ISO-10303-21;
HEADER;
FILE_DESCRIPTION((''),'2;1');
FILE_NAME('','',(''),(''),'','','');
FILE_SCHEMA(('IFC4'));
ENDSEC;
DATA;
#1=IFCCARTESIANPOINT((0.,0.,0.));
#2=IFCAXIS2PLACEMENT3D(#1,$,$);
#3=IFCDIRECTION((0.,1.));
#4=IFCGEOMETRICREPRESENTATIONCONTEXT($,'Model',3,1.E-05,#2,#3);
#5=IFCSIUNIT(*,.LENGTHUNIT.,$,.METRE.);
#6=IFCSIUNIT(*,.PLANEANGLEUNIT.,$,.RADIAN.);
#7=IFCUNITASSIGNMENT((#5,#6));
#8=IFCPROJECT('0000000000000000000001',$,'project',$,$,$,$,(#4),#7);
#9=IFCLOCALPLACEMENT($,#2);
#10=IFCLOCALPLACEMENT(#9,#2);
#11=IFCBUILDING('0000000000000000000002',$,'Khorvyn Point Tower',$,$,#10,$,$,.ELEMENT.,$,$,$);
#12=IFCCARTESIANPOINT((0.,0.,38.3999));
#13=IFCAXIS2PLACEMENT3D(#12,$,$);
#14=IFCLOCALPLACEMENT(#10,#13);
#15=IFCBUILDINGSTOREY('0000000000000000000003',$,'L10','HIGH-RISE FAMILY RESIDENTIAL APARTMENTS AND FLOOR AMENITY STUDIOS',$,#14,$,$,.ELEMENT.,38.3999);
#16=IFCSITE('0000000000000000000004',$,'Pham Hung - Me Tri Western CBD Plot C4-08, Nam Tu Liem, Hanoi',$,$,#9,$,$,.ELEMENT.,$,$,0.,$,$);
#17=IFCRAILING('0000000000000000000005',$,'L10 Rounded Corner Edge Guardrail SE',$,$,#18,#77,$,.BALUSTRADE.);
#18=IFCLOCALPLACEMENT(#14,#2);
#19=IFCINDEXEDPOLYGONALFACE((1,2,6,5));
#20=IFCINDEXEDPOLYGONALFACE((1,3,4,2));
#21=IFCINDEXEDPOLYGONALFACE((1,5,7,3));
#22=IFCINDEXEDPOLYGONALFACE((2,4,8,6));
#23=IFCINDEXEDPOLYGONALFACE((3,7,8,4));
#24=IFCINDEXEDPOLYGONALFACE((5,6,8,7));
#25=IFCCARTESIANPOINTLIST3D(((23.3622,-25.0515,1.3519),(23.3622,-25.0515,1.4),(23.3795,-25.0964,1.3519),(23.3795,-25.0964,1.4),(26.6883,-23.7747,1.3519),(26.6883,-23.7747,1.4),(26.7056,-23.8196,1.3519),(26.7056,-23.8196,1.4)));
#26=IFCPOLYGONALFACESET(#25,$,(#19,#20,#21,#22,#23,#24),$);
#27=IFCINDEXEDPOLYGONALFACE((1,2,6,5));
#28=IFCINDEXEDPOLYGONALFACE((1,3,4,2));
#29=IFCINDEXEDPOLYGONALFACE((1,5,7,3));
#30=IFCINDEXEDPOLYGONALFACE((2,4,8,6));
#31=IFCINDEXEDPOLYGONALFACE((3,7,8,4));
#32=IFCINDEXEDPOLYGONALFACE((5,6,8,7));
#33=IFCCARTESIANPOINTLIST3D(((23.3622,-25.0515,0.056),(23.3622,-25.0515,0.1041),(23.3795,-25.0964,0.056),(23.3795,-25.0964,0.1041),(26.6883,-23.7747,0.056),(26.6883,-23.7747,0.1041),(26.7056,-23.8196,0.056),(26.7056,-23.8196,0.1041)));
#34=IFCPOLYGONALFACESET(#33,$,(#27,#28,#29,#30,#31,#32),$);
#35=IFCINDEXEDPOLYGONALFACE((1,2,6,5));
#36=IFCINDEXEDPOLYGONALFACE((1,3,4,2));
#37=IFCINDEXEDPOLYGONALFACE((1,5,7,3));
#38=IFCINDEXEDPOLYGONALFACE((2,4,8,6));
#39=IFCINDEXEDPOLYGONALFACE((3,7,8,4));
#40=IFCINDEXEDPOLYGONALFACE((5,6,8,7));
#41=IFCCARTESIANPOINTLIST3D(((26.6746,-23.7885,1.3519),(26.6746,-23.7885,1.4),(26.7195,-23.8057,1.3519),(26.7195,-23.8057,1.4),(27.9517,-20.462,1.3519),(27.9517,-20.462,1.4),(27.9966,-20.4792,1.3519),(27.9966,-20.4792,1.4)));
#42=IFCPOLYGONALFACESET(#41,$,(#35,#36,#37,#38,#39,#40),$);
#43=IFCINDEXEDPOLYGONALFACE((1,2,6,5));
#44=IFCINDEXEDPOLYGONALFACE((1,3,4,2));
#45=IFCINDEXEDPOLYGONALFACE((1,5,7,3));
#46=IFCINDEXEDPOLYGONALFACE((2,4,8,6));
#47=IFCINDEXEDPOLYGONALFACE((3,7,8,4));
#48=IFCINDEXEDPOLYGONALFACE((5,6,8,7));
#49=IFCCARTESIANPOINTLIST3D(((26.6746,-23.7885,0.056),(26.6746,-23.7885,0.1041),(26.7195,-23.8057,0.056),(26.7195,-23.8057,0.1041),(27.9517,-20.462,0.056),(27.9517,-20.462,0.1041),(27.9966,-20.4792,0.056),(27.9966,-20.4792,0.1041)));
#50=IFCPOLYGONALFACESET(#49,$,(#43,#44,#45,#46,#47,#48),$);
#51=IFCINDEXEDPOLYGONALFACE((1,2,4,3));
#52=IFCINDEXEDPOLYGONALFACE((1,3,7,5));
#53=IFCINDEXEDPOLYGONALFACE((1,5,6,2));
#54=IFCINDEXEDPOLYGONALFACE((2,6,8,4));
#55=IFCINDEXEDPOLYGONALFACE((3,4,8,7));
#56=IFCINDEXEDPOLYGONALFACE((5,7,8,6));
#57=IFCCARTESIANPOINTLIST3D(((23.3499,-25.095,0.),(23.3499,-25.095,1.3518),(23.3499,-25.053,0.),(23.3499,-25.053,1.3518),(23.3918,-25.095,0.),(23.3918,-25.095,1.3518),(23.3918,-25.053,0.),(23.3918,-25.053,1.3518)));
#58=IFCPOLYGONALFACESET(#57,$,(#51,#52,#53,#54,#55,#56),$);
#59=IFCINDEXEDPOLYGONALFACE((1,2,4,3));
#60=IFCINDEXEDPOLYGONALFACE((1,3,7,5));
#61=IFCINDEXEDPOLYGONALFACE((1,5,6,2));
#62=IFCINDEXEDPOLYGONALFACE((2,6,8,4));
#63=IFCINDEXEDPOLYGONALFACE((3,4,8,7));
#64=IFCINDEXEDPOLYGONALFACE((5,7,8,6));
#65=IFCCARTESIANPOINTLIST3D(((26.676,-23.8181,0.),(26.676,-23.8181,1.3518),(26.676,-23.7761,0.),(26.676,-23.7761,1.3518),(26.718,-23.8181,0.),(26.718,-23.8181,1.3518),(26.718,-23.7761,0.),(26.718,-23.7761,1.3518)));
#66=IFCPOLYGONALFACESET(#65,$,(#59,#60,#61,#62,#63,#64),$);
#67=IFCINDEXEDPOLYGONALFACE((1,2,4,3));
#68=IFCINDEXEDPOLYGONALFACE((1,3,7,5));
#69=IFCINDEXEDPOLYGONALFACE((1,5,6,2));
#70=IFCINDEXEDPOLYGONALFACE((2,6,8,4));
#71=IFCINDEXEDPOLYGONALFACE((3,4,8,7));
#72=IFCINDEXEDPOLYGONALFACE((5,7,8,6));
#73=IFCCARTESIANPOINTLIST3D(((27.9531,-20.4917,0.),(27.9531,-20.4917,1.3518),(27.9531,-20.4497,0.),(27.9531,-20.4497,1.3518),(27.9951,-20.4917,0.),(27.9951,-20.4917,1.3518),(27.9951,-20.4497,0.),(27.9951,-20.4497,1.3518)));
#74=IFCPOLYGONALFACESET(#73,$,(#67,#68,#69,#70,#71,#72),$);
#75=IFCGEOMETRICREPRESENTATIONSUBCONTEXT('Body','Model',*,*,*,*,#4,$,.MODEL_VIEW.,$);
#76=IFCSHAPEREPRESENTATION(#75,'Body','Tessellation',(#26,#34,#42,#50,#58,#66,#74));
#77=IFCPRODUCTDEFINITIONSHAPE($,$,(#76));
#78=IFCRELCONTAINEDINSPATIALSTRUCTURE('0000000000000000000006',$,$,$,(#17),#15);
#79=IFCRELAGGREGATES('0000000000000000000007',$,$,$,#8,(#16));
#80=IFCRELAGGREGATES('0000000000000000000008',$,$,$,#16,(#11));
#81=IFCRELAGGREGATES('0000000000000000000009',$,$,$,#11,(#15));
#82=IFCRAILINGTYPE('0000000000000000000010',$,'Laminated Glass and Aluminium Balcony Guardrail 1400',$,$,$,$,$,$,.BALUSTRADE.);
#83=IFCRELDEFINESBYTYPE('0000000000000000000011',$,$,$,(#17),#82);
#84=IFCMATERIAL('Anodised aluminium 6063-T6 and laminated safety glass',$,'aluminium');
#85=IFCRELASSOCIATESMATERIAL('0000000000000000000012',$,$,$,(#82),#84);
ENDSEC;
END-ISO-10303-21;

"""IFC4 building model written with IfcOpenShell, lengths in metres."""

from ifc_helpers import new_model, si_unit, direction, frame, origin, origin_2d, place, context, subcontext, project, spatial, rectangle, extrude, material, type_object, element, save


model = new_model("IFC4")

# Units and contexts
model_context = context("Model", 3, precision=1e-05, world=origin(), true_north=direction((0.0, 1.0)))
body_context = subcontext(model_context, "Body", "Model", "MODEL_VIEW")
ifc_project = project(units=[si_unit("LENGTHUNIT", "METRE"), si_unit("PLANEANGLEUNIT", "RADIAN")], contexts=[model_context])

# Site, building, storey
site_placement = place(None, origin())
site = spatial("IfcSite", under=ifc_project, at=site_placement, Name="Pham Hung - Me Tri Western CBD Plot C4-08, Nam Tu Liem, Hanoi", CompositionType="ELEMENT", RefElevation=0.0)
building_placement = place(site_placement, origin())
building = spatial("IfcBuilding", under=site, at=building_placement, Name="Khorvyn Point Tower", CompositionType="ELEMENT")
storey_placement = place(building_placement, frame((0.0, 0.0, 38.3999)))
storey = spatial("IfcBuildingStorey", under=building, at=storey_placement, Name="L10", Description="HIGH-RISE FAMILY RESIDENTIAL APARTMENTS AND FLOOR AMENITY STUDIOS", CompositionType="ELEMENT", Elevation=38.3999)

# Railing
ifc_material_1 = material(Name="Anodised aluminium 6063-T6 and laminated safety glass", Category="aluminium")
railing_type = type_object("IfcRailingType", Name="Laminated Glass and Aluminium Balcony Guardrail 1400", PredefinedType="BALUSTRADE", material=ifc_material_1)
railing_1_placement = place(storey_placement, frame((23.3708, -25.074, 0.0)))
element("IfcRailing", 1, at=railing_1_placement, inside=storey, type_object=railing_type, Name="L10 Rounded Corner Edge Guardrail SE", PredefinedType="BALUSTRADE", context=body_context, shape_type="SweptSolid", body=[
    extrude(rectangle(XDim=0.0481, YDim=0.0481, at=origin_2d()), frame((0.0, 0.0, 1.376), z_axis=(0.933575, 0.358382, 0.0), x_axis=(-0.358382, 0.933575, 0.0)), (0.0, 0.0, 1.0), 3.5627),
    extrude(rectangle(XDim=0.0481, YDim=0.0481, at=origin_2d()), frame((0.0, 0.0, 0.0801), z_axis=(0.933575, 0.358382, 0.0), x_axis=(-0.358382, 0.933575, 0.0)), (0.0, 0.0, 1.0), 3.5627),
    extrude(rectangle(XDim=0.0481, YDim=0.0481, at=origin_2d()), frame((3.3262, 1.2769, 1.376), z_axis=(0.358419, 0.933561, 0.0), x_axis=(-0.933561, 0.358419, 0.0)), (0.0, 0.0, 1.0), 3.5632),
    extrude(rectangle(XDim=0.0481, YDim=0.0481, at=origin_2d()), frame((3.3262, 1.2769, 0.0801), z_axis=(0.358419, 0.933561, 0.0), x_axis=(-0.933561, 0.358419, 0.0)), (0.0, 0.0, 1.0), 3.5632),
    extrude(rectangle(XDim=0.042, YDim=0.042, at=origin_2d()), origin(), (0.0, 0.0, 1.0), 1.3518),
    extrude(rectangle(XDim=0.042, YDim=0.042, at=origin_2d()), frame((3.3262, 1.2769, 0.0)), (0.0, 0.0, 1.0), 1.3518),
    extrude(rectangle(XDim=0.042, YDim=0.042, at=origin_2d()), frame((4.6033, 4.6033, 0.0)), (0.0, 0.0, 1.0), 1.3518),
])

save(model, "model.ifc")
